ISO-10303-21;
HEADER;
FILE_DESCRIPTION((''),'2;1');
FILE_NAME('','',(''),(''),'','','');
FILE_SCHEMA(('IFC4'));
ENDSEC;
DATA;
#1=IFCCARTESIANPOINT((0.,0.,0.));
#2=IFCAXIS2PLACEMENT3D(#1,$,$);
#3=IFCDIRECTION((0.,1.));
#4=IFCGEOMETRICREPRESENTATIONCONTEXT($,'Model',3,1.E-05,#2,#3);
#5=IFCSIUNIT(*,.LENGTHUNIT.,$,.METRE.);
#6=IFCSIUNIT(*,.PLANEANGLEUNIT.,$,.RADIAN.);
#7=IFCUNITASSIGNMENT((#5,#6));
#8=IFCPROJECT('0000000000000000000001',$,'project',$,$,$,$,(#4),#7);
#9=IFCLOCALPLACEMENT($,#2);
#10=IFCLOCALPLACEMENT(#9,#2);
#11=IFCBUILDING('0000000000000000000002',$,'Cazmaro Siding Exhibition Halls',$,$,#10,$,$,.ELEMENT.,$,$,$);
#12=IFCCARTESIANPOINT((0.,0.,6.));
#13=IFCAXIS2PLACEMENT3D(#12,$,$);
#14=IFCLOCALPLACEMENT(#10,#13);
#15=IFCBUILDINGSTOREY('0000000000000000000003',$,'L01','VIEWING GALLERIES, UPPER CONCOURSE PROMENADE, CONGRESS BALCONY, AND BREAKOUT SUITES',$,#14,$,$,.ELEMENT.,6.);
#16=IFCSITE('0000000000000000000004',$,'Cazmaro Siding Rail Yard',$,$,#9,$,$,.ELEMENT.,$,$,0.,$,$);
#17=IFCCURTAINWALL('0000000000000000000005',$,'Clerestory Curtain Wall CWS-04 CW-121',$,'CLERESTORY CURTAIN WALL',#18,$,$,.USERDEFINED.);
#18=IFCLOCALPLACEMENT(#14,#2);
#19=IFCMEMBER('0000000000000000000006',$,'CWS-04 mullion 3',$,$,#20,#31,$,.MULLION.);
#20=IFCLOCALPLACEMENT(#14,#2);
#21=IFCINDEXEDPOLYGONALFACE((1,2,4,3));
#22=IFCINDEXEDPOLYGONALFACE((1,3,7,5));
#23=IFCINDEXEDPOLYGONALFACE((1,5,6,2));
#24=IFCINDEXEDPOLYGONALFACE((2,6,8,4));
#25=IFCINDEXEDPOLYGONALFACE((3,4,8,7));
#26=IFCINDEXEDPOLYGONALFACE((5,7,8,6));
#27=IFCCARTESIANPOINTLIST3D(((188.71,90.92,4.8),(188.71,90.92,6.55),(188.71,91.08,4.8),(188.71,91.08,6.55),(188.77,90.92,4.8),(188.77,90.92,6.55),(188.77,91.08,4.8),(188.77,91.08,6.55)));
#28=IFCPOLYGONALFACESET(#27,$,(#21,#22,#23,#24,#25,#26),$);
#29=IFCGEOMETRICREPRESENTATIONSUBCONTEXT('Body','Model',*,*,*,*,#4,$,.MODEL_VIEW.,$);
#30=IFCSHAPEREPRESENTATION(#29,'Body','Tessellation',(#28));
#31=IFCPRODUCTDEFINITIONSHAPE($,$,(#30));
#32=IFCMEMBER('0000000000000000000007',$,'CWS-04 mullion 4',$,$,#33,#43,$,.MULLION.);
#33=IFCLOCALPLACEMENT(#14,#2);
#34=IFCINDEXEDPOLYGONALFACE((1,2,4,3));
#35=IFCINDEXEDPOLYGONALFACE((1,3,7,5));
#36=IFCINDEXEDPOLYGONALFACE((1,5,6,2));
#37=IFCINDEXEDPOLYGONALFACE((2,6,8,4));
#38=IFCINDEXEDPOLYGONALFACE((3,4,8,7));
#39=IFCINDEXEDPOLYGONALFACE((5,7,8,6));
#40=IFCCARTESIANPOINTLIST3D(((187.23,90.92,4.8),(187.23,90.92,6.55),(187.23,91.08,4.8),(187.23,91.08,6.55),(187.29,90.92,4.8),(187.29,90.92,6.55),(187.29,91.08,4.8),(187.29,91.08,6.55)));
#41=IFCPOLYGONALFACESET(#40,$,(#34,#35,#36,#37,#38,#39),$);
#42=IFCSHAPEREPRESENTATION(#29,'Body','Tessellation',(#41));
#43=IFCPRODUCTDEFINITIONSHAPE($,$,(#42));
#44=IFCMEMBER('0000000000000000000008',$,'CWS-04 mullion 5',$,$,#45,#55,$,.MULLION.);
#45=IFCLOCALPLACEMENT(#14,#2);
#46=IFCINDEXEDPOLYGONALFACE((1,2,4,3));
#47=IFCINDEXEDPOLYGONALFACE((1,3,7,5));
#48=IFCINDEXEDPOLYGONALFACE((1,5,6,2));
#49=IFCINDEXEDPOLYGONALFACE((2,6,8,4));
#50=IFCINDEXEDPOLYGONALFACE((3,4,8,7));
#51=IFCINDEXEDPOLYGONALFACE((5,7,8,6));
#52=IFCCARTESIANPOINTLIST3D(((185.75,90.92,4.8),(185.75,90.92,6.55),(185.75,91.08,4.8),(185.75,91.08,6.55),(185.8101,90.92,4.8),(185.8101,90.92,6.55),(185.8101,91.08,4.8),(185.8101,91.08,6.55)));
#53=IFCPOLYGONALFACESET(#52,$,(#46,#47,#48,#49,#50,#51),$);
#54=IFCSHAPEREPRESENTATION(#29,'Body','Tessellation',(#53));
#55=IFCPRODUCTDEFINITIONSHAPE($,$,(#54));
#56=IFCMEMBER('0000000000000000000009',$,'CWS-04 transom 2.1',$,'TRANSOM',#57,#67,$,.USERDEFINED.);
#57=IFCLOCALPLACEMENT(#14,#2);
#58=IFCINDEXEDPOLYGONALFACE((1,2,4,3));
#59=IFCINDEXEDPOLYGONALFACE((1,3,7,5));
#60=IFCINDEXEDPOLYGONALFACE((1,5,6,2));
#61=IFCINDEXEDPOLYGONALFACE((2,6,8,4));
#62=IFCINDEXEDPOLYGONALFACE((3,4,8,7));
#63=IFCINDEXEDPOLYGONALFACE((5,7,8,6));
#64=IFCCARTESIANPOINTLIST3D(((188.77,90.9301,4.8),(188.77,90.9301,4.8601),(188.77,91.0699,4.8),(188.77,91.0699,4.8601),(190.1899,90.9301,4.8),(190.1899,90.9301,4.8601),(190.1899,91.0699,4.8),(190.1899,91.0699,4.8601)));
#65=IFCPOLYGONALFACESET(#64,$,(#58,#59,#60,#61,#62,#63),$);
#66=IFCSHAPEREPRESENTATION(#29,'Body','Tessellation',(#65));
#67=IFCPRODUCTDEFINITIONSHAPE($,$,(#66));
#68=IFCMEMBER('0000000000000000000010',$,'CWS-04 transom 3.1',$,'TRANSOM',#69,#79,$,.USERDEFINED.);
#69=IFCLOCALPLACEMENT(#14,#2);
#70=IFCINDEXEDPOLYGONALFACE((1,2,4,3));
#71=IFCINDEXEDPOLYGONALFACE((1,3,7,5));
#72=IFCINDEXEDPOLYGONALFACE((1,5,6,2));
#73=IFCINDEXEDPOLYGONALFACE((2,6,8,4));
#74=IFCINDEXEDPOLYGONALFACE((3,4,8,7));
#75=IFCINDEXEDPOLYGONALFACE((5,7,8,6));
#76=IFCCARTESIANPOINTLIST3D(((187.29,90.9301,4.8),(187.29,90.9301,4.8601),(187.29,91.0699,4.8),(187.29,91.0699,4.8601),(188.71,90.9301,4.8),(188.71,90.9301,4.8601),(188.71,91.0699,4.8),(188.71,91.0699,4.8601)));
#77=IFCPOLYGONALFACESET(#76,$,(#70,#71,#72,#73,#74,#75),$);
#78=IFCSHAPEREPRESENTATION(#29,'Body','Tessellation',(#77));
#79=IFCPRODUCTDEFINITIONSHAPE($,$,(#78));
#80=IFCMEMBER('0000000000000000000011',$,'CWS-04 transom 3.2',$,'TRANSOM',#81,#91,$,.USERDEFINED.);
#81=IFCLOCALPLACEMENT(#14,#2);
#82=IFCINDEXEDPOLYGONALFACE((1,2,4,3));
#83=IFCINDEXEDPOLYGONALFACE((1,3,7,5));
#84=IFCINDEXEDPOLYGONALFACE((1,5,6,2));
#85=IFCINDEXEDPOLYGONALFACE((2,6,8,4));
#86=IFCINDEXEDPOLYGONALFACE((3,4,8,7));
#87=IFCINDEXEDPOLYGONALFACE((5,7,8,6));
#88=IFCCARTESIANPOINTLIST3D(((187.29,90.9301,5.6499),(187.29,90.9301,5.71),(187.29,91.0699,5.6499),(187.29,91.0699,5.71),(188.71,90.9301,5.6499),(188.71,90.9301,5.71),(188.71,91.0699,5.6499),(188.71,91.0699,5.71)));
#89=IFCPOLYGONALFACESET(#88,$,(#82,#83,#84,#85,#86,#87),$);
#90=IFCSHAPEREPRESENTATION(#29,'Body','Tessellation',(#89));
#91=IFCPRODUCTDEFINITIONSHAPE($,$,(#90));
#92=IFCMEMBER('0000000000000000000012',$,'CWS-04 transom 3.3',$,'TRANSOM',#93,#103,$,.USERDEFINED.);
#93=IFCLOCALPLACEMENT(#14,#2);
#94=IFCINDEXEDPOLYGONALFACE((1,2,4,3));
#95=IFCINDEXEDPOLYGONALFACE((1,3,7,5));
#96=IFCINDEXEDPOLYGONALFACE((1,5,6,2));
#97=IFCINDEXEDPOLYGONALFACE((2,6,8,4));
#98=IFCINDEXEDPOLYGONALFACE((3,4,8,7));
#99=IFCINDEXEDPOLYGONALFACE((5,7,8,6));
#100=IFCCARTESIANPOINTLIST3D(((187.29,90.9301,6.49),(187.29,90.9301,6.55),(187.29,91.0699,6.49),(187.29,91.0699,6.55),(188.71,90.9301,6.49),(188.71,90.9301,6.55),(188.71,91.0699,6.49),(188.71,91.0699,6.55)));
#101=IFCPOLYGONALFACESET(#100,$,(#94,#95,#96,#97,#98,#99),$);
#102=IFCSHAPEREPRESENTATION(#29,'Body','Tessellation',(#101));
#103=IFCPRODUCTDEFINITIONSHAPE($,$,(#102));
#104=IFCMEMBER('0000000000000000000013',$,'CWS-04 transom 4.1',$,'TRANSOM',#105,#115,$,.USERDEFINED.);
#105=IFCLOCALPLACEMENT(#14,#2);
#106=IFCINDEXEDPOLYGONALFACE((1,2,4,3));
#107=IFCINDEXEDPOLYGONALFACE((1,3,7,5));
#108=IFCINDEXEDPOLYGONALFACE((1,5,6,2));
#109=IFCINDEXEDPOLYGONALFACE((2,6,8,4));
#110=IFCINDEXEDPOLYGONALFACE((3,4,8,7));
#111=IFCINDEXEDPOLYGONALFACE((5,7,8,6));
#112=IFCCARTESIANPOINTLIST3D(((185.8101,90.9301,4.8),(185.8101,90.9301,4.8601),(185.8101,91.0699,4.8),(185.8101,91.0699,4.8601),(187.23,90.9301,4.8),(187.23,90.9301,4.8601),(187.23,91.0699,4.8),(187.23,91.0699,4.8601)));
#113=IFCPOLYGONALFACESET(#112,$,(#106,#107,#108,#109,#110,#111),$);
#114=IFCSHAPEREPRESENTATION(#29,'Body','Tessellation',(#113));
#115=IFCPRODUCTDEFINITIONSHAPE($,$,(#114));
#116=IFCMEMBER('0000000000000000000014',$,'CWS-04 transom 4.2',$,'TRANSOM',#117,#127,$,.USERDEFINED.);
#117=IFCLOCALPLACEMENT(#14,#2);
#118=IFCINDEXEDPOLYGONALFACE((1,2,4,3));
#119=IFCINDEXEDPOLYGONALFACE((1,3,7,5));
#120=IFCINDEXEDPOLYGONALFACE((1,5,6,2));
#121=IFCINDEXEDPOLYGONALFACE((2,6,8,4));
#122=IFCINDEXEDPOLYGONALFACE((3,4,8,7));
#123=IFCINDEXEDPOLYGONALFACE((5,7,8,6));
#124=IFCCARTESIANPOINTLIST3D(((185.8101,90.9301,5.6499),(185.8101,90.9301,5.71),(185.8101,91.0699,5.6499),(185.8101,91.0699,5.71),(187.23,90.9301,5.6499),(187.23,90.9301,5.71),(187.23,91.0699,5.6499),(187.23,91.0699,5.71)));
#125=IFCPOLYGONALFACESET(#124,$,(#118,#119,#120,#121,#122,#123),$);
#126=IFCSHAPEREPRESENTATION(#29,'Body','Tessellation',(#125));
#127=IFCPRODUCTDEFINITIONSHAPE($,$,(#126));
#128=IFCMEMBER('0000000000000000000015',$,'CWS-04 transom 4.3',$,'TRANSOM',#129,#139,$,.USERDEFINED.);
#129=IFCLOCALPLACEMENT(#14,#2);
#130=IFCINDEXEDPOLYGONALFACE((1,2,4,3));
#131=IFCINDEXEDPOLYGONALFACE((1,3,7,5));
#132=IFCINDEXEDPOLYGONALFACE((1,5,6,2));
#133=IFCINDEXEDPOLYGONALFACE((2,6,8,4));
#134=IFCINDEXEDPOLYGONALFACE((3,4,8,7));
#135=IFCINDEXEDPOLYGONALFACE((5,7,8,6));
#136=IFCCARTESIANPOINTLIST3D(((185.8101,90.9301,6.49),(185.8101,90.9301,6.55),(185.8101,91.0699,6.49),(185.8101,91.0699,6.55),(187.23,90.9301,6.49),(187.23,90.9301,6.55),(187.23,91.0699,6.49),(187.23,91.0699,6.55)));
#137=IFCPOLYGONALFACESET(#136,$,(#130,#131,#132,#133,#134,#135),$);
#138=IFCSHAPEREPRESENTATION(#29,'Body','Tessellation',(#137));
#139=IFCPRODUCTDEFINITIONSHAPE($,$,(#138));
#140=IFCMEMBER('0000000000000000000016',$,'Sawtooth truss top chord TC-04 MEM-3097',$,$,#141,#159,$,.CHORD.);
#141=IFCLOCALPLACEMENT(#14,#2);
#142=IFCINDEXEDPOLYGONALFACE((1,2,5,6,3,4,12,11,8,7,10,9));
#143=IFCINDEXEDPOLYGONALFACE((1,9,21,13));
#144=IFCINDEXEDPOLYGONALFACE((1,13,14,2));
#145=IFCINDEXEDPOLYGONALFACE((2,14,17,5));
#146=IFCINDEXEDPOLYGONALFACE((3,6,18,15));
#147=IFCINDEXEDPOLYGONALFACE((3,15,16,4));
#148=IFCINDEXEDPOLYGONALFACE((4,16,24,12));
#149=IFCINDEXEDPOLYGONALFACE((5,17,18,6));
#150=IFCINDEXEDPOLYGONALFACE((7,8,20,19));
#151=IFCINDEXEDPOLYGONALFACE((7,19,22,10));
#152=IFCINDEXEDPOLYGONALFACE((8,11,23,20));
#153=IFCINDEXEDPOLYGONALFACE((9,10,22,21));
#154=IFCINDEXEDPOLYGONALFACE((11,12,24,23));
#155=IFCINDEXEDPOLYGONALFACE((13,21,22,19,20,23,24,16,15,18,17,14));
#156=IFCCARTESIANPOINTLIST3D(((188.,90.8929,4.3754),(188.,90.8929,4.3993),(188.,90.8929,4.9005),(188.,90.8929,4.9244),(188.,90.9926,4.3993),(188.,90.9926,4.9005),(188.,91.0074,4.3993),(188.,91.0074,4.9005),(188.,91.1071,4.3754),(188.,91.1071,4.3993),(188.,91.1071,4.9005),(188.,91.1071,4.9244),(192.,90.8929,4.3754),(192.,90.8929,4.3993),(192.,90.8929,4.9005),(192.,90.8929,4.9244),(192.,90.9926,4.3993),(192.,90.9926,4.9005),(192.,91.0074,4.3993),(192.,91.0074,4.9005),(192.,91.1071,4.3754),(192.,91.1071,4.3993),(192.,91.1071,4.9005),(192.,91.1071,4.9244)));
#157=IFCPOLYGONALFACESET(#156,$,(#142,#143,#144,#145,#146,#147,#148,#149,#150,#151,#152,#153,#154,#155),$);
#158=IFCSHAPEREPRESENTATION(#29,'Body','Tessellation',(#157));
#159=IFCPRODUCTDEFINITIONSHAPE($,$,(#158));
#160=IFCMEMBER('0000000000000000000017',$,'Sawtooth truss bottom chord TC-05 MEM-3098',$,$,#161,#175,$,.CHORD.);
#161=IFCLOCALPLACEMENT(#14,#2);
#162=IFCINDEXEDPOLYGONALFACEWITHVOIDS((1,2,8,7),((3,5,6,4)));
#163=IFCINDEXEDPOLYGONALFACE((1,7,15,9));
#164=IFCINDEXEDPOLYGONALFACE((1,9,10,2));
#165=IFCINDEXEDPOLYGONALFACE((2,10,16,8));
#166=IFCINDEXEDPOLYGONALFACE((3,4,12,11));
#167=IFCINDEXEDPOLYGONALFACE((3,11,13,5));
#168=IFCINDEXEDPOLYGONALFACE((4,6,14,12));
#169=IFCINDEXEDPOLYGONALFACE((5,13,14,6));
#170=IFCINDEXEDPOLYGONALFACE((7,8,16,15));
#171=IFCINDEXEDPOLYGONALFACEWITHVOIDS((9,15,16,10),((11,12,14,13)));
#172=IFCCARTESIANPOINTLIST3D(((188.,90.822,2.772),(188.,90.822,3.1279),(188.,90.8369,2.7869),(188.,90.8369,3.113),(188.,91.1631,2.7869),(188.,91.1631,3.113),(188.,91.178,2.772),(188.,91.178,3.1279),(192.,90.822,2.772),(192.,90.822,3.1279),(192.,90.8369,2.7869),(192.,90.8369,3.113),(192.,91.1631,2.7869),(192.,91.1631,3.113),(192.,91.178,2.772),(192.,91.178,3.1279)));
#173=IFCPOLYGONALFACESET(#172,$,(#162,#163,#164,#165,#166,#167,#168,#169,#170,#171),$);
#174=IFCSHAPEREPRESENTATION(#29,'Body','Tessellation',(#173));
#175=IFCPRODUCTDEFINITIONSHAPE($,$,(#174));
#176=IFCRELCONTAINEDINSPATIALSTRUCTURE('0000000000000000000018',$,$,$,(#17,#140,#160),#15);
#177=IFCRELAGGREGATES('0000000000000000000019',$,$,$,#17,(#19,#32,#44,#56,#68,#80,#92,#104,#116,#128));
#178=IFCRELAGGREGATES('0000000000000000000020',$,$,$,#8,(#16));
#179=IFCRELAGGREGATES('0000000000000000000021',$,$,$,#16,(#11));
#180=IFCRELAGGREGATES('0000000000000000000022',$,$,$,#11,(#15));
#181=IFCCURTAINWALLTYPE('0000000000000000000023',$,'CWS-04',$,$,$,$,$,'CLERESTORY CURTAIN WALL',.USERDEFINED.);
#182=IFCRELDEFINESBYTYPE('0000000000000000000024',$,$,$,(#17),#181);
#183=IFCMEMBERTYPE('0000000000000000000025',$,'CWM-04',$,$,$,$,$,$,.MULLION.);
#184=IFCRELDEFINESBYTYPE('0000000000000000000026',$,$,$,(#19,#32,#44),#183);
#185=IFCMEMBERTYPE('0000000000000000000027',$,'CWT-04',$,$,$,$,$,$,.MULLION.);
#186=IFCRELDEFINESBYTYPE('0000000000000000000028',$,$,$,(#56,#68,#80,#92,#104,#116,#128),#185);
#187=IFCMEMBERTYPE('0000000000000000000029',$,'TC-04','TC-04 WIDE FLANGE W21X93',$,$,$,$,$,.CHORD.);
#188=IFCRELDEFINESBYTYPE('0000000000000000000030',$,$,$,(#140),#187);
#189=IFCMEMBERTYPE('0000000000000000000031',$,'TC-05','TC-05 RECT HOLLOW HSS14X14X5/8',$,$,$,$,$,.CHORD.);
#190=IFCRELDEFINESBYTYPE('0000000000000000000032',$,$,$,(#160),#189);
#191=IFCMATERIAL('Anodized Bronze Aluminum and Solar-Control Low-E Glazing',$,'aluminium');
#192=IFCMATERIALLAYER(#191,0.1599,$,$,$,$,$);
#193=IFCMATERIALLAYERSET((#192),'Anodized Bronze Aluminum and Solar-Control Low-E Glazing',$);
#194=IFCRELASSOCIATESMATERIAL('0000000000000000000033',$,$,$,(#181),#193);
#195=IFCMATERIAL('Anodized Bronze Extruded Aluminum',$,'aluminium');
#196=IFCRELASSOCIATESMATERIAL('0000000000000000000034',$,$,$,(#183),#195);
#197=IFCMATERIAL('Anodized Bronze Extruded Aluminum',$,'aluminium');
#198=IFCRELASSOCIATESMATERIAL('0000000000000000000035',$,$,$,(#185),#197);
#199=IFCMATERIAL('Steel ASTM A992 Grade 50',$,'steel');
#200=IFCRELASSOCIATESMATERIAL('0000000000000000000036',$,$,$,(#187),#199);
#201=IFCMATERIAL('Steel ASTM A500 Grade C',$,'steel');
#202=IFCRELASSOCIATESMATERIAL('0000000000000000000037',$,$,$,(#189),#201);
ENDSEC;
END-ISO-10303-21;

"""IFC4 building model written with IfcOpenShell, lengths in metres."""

from ifc_helpers import new_model, si_unit, direction, frame, origin, origin_2d, place, context, subcontext, project, spatial, rectangle, hollow_rectangle, i_section, extrude, material, layer, layer_set, material_profile, profile_set, type_object, element, aggregate, save


model = new_model("IFC4")

# Units and contexts
model_context = context("Model", 3, precision=1e-05, world=origin(), true_north=direction((0.0, 1.0)))
body_context = subcontext(model_context, "Body", "Model", "MODEL_VIEW")
ifc_project = project(units=[si_unit("LENGTHUNIT", "METRE"), si_unit("PLANEANGLEUNIT", "RADIAN")], contexts=[model_context])

# Site, building, storey
site_placement = place(None, origin())
site = spatial("IfcSite", under=ifc_project, at=site_placement, Name="Cazmaro Siding Rail Yard", CompositionType="ELEMENT", RefElevation=0.0)
building_placement = place(site_placement, origin())
building = spatial("IfcBuilding", under=site, at=building_placement, Name="Cazmaro Siding Exhibition Halls", CompositionType="ELEMENT")
storey_placement = place(building_placement, frame((0.0, 0.0, 6.0)))
storey = spatial("IfcBuildingStorey", under=building, at=storey_placement, Name="L01", Description="VIEWING GALLERIES, UPPER CONCOURSE PROMENADE, CONGRESS BALCONY, AND BREAKOUT SUITES", CompositionType="ELEMENT", Elevation=6.0)

# Curtain wall, members
ifc_material_1 = material(Name="Anodized Bronze Aluminum and Solar-Control Low-E Glazing", Category="aluminium")
ifc_layer_1 = layer(ifc_material_1, 0.1599)
ifc_layer_set_1 = layer_set([ifc_layer_1], Name="Anodized Bronze Aluminum and Solar-Control Low-E Glazing")
curtain_wall_type = type_object("IfcCurtainWallType", Name="CWS-04", ElementType="CLERESTORY CURTAIN WALL", PredefinedType="USERDEFINED", material=ifc_layer_set_1)
curtain_wall_placement = place(storey_placement, origin())
curtain_wall = element("IfcCurtainWall", 1, at=curtain_wall_placement, inside=storey, type_object=curtain_wall_type, Name="Clerestory Curtain Wall CWS-04 CW-121", ObjectType="CLERESTORY CURTAIN WALL", PredefinedType="USERDEFINED")
ifc_material_2 = material(Name="Anodized Bronze Extruded Aluminum", Category="aluminium")
ifc_material_profile_1 = material_profile(ifc_material_2, rectangle(XDim=0.1599, YDim=0.0601, at=origin_2d()), Name="CWM-04")
ifc_profile_set_1 = profile_set([ifc_material_profile_1], Name="Anodized Bronze Extruded Aluminum")
member_type_1 = type_object("IfcMemberType", Name="CWM-04", PredefinedType="MULLION", material=ifc_profile_set_1)
member_1_placement = place(storey_placement, frame((188.74, 91.0, 4.8), z_axis=(0.0, 0.0, 1.0), x_axis=(0.0, -1.0, 0.0)))
member_1 = element("IfcMember", 2, at=member_1_placement, type_object=member_type_1, Name="CWS-04 mullion 3", PredefinedType="MULLION", context=body_context, shape_type="SweptSolid", body=[
    extrude(rectangle(XDim=0.1599, YDim=0.0601, at=origin_2d()), origin(), (0.0, 0.0, 1.0), 1.75),
])
member_2_placement = place(storey_placement, frame((187.26, 91.0, 4.8), z_axis=(0.0, 0.0, 1.0), x_axis=(0.0, -1.0, 0.0)))
member_2 = element("IfcMember", 3, at=member_2_placement, type_object=member_type_1, Name="CWS-04 mullion 4", PredefinedType="MULLION", context=body_context, shape_type="SweptSolid", body=[
    extrude(rectangle(XDim=0.1599, YDim=0.0601, at=origin_2d()), origin(), (0.0, 0.0, 1.0), 1.75),
])
member_3_placement = place(storey_placement, frame((185.78, 91.0, 4.8), z_axis=(0.0, 0.0, 1.0), x_axis=(0.0, -1.0, 0.0)))
member_3 = element("IfcMember", 4, at=member_3_placement, type_object=member_type_1, Name="CWS-04 mullion 5", PredefinedType="MULLION", context=body_context, shape_type="SweptSolid", body=[
    extrude(rectangle(XDim=0.1599, YDim=0.0601, at=origin_2d()), origin(), (0.0, 0.0, 1.0), 1.75),
])
ifc_material_3 = material(Name="Anodized Bronze Extruded Aluminum", Category="aluminium")
ifc_material_profile_2 = material_profile(ifc_material_3, rectangle(XDim=0.1399, YDim=0.0601, at=origin_2d()), Name="CWT-04")
ifc_profile_set_2 = profile_set([ifc_material_profile_2], Name="Anodized Bronze Extruded Aluminum")
member_type_2 = type_object("IfcMemberType", Name="CWT-04", PredefinedType="MULLION", material=ifc_profile_set_2)
member_4_placement = place(storey_placement, frame((190.1899, 91.0, 4.8301), z_axis=(-1.0, 0.0, 0.0), x_axis=(0.0, -1.0, 0.0)))
member_4 = element("IfcMember", 5, at=member_4_placement, type_object=member_type_2, Name="CWS-04 transom 2.1", ObjectType="TRANSOM", PredefinedType="USERDEFINED", context=body_context, shape_type="SweptSolid", body=[
    extrude(rectangle(XDim=0.1399, YDim=0.0601, at=origin_2d()), origin(), (0.0, 0.0, 1.0), 1.4199),
])
member_5_placement = place(storey_placement, frame((188.71, 91.0, 4.8301), z_axis=(-1.0, 0.0, 0.0), x_axis=(0.0, -1.0, 0.0)))
member_5 = element("IfcMember", 6, at=member_5_placement, type_object=member_type_2, Name="CWS-04 transom 3.1", ObjectType="TRANSOM", PredefinedType="USERDEFINED", context=body_context, shape_type="SweptSolid", body=[
    extrude(rectangle(XDim=0.1399, YDim=0.0601, at=origin_2d()), origin(), (0.0, 0.0, 1.0), 1.4199),
])
member_6_placement = place(storey_placement, frame((188.71, 91.0, 5.6799), z_axis=(-1.0, 0.0, 0.0), x_axis=(0.0, -1.0, 0.0)))
member_6 = element("IfcMember", 7, at=member_6_placement, type_object=member_type_2, Name="CWS-04 transom 3.2", ObjectType="TRANSOM", PredefinedType="USERDEFINED", context=body_context, shape_type="SweptSolid", body=[
    extrude(rectangle(XDim=0.1399, YDim=0.0601, at=origin_2d()), origin(), (0.0, 0.0, 1.0), 1.4199),
])
member_7_placement = place(storey_placement, frame((188.71, 91.0, 6.52), z_axis=(-1.0, 0.0, 0.0), x_axis=(0.0, -1.0, 0.0)))
member_7 = element("IfcMember", 8, at=member_7_placement, type_object=member_type_2, Name="CWS-04 transom 3.3", ObjectType="TRANSOM", PredefinedType="USERDEFINED", context=body_context, shape_type="SweptSolid", body=[
    extrude(rectangle(XDim=0.1399, YDim=0.0601, at=origin_2d()), origin(), (0.0, 0.0, 1.0), 1.4199),
])
member_8_placement = place(storey_placement, frame((187.23, 91.0, 4.8301), z_axis=(-1.0, 0.0, 0.0), x_axis=(0.0, -1.0, 0.0)))
member_8 = element("IfcMember", 9, at=member_8_placement, type_object=member_type_2, Name="CWS-04 transom 4.1", ObjectType="TRANSOM", PredefinedType="USERDEFINED", context=body_context, shape_type="SweptSolid", body=[
    extrude(rectangle(XDim=0.1399, YDim=0.0601, at=origin_2d()), origin(), (0.0, 0.0, 1.0), 1.4199),
])
member_9_placement = place(storey_placement, frame((187.23, 91.0, 5.6799), z_axis=(-1.0, 0.0, 0.0), x_axis=(0.0, -1.0, 0.0)))
member_9 = element("IfcMember", 10, at=member_9_placement, type_object=member_type_2, Name="CWS-04 transom 4.2", ObjectType="TRANSOM", PredefinedType="USERDEFINED", context=body_context, shape_type="SweptSolid", body=[
    extrude(rectangle(XDim=0.1399, YDim=0.0601, at=origin_2d()), origin(), (0.0, 0.0, 1.0), 1.4199),
])
member_10_placement = place(storey_placement, frame((187.23, 91.0, 6.52), z_axis=(-1.0, 0.0, 0.0), x_axis=(0.0, -1.0, 0.0)))
member_10 = element("IfcMember", 11, at=member_10_placement, type_object=member_type_2, Name="CWS-04 transom 4.3", ObjectType="TRANSOM", PredefinedType="USERDEFINED", context=body_context, shape_type="SweptSolid", body=[
    extrude(rectangle(XDim=0.1399, YDim=0.0601, at=origin_2d()), origin(), (0.0, 0.0, 1.0), 1.4199),
])

# Members
ifc_material_4 = material(Name="Steel ASTM A992 Grade 50", Category="steel")
ifc_material_profile_3 = material_profile(ifc_material_4, i_section(OverallWidth=0.2141, OverallDepth=0.5491, WebThickness=0.0149, FlangeThickness=0.0239, at=origin_2d()), Name="W21X93")
ifc_profile_set_3 = profile_set([ifc_material_profile_3], Name="Steel ASTM A992 Grade 50")
member_type_3 = type_object("IfcMemberType", Name="TC-04", Description="TC-04 WIDE FLANGE W21X93", PredefinedType="CHORD", material=ifc_profile_set_3)
member_11_placement = place(storey_placement, frame((188.0, 91.0, 4.6499), z_axis=(1.0, 0.0, 0.0), x_axis=(0.0, 1.0, 0.0)))
element("IfcMember", 12, at=member_11_placement, inside=storey, type_object=member_type_3, Name="Sawtooth truss top chord TC-04 MEM-3097", PredefinedType="CHORD", context=body_context, shape_type="SweptSolid", body=[
    extrude(i_section(OverallWidth=0.2141, OverallDepth=0.5491, WebThickness=0.0149, FlangeThickness=0.0239, at=origin_2d()), origin(), (0.0, 0.0, 1.0), 4.0),
])
ifc_material_5 = material(Name="Steel ASTM A500 Grade C", Category="steel")
ifc_material_profile_4 = material_profile(ifc_material_5, hollow_rectangle(XDim=0.356, YDim=0.356, WallThickness=0.0149, at=origin_2d()), Name="HSS14X14X5/8")
ifc_profile_set_4 = profile_set([ifc_material_profile_4], Name="Steel ASTM A500 Grade C")
member_type_4 = type_object("IfcMemberType", Name="TC-05", Description="TC-05 RECT HOLLOW HSS14X14X5/8", PredefinedType="CHORD", material=ifc_profile_set_4)
member_12_placement = place(storey_placement, frame((188.0, 91.0, 2.95), z_axis=(1.0, 0.0, 0.0), x_axis=(0.0, 1.0, 0.0)))
element("IfcMember", 13, at=member_12_placement, inside=storey, type_object=member_type_4, Name="Sawtooth truss bottom chord TC-05 MEM-3098", PredefinedType="CHORD", context=body_context, shape_type="SweptSolid", body=[
    extrude(hollow_rectangle(XDim=0.356, YDim=0.356, WallThickness=0.0149, at=origin_2d()), origin(), (0.0, 0.0, 1.0), 4.0),
])

aggregate(curtain_wall, [member_1, member_2, member_3, member_4, member_5, member_6, member_7, member_8, member_9, member_10])

save(model, "model.ifc")
